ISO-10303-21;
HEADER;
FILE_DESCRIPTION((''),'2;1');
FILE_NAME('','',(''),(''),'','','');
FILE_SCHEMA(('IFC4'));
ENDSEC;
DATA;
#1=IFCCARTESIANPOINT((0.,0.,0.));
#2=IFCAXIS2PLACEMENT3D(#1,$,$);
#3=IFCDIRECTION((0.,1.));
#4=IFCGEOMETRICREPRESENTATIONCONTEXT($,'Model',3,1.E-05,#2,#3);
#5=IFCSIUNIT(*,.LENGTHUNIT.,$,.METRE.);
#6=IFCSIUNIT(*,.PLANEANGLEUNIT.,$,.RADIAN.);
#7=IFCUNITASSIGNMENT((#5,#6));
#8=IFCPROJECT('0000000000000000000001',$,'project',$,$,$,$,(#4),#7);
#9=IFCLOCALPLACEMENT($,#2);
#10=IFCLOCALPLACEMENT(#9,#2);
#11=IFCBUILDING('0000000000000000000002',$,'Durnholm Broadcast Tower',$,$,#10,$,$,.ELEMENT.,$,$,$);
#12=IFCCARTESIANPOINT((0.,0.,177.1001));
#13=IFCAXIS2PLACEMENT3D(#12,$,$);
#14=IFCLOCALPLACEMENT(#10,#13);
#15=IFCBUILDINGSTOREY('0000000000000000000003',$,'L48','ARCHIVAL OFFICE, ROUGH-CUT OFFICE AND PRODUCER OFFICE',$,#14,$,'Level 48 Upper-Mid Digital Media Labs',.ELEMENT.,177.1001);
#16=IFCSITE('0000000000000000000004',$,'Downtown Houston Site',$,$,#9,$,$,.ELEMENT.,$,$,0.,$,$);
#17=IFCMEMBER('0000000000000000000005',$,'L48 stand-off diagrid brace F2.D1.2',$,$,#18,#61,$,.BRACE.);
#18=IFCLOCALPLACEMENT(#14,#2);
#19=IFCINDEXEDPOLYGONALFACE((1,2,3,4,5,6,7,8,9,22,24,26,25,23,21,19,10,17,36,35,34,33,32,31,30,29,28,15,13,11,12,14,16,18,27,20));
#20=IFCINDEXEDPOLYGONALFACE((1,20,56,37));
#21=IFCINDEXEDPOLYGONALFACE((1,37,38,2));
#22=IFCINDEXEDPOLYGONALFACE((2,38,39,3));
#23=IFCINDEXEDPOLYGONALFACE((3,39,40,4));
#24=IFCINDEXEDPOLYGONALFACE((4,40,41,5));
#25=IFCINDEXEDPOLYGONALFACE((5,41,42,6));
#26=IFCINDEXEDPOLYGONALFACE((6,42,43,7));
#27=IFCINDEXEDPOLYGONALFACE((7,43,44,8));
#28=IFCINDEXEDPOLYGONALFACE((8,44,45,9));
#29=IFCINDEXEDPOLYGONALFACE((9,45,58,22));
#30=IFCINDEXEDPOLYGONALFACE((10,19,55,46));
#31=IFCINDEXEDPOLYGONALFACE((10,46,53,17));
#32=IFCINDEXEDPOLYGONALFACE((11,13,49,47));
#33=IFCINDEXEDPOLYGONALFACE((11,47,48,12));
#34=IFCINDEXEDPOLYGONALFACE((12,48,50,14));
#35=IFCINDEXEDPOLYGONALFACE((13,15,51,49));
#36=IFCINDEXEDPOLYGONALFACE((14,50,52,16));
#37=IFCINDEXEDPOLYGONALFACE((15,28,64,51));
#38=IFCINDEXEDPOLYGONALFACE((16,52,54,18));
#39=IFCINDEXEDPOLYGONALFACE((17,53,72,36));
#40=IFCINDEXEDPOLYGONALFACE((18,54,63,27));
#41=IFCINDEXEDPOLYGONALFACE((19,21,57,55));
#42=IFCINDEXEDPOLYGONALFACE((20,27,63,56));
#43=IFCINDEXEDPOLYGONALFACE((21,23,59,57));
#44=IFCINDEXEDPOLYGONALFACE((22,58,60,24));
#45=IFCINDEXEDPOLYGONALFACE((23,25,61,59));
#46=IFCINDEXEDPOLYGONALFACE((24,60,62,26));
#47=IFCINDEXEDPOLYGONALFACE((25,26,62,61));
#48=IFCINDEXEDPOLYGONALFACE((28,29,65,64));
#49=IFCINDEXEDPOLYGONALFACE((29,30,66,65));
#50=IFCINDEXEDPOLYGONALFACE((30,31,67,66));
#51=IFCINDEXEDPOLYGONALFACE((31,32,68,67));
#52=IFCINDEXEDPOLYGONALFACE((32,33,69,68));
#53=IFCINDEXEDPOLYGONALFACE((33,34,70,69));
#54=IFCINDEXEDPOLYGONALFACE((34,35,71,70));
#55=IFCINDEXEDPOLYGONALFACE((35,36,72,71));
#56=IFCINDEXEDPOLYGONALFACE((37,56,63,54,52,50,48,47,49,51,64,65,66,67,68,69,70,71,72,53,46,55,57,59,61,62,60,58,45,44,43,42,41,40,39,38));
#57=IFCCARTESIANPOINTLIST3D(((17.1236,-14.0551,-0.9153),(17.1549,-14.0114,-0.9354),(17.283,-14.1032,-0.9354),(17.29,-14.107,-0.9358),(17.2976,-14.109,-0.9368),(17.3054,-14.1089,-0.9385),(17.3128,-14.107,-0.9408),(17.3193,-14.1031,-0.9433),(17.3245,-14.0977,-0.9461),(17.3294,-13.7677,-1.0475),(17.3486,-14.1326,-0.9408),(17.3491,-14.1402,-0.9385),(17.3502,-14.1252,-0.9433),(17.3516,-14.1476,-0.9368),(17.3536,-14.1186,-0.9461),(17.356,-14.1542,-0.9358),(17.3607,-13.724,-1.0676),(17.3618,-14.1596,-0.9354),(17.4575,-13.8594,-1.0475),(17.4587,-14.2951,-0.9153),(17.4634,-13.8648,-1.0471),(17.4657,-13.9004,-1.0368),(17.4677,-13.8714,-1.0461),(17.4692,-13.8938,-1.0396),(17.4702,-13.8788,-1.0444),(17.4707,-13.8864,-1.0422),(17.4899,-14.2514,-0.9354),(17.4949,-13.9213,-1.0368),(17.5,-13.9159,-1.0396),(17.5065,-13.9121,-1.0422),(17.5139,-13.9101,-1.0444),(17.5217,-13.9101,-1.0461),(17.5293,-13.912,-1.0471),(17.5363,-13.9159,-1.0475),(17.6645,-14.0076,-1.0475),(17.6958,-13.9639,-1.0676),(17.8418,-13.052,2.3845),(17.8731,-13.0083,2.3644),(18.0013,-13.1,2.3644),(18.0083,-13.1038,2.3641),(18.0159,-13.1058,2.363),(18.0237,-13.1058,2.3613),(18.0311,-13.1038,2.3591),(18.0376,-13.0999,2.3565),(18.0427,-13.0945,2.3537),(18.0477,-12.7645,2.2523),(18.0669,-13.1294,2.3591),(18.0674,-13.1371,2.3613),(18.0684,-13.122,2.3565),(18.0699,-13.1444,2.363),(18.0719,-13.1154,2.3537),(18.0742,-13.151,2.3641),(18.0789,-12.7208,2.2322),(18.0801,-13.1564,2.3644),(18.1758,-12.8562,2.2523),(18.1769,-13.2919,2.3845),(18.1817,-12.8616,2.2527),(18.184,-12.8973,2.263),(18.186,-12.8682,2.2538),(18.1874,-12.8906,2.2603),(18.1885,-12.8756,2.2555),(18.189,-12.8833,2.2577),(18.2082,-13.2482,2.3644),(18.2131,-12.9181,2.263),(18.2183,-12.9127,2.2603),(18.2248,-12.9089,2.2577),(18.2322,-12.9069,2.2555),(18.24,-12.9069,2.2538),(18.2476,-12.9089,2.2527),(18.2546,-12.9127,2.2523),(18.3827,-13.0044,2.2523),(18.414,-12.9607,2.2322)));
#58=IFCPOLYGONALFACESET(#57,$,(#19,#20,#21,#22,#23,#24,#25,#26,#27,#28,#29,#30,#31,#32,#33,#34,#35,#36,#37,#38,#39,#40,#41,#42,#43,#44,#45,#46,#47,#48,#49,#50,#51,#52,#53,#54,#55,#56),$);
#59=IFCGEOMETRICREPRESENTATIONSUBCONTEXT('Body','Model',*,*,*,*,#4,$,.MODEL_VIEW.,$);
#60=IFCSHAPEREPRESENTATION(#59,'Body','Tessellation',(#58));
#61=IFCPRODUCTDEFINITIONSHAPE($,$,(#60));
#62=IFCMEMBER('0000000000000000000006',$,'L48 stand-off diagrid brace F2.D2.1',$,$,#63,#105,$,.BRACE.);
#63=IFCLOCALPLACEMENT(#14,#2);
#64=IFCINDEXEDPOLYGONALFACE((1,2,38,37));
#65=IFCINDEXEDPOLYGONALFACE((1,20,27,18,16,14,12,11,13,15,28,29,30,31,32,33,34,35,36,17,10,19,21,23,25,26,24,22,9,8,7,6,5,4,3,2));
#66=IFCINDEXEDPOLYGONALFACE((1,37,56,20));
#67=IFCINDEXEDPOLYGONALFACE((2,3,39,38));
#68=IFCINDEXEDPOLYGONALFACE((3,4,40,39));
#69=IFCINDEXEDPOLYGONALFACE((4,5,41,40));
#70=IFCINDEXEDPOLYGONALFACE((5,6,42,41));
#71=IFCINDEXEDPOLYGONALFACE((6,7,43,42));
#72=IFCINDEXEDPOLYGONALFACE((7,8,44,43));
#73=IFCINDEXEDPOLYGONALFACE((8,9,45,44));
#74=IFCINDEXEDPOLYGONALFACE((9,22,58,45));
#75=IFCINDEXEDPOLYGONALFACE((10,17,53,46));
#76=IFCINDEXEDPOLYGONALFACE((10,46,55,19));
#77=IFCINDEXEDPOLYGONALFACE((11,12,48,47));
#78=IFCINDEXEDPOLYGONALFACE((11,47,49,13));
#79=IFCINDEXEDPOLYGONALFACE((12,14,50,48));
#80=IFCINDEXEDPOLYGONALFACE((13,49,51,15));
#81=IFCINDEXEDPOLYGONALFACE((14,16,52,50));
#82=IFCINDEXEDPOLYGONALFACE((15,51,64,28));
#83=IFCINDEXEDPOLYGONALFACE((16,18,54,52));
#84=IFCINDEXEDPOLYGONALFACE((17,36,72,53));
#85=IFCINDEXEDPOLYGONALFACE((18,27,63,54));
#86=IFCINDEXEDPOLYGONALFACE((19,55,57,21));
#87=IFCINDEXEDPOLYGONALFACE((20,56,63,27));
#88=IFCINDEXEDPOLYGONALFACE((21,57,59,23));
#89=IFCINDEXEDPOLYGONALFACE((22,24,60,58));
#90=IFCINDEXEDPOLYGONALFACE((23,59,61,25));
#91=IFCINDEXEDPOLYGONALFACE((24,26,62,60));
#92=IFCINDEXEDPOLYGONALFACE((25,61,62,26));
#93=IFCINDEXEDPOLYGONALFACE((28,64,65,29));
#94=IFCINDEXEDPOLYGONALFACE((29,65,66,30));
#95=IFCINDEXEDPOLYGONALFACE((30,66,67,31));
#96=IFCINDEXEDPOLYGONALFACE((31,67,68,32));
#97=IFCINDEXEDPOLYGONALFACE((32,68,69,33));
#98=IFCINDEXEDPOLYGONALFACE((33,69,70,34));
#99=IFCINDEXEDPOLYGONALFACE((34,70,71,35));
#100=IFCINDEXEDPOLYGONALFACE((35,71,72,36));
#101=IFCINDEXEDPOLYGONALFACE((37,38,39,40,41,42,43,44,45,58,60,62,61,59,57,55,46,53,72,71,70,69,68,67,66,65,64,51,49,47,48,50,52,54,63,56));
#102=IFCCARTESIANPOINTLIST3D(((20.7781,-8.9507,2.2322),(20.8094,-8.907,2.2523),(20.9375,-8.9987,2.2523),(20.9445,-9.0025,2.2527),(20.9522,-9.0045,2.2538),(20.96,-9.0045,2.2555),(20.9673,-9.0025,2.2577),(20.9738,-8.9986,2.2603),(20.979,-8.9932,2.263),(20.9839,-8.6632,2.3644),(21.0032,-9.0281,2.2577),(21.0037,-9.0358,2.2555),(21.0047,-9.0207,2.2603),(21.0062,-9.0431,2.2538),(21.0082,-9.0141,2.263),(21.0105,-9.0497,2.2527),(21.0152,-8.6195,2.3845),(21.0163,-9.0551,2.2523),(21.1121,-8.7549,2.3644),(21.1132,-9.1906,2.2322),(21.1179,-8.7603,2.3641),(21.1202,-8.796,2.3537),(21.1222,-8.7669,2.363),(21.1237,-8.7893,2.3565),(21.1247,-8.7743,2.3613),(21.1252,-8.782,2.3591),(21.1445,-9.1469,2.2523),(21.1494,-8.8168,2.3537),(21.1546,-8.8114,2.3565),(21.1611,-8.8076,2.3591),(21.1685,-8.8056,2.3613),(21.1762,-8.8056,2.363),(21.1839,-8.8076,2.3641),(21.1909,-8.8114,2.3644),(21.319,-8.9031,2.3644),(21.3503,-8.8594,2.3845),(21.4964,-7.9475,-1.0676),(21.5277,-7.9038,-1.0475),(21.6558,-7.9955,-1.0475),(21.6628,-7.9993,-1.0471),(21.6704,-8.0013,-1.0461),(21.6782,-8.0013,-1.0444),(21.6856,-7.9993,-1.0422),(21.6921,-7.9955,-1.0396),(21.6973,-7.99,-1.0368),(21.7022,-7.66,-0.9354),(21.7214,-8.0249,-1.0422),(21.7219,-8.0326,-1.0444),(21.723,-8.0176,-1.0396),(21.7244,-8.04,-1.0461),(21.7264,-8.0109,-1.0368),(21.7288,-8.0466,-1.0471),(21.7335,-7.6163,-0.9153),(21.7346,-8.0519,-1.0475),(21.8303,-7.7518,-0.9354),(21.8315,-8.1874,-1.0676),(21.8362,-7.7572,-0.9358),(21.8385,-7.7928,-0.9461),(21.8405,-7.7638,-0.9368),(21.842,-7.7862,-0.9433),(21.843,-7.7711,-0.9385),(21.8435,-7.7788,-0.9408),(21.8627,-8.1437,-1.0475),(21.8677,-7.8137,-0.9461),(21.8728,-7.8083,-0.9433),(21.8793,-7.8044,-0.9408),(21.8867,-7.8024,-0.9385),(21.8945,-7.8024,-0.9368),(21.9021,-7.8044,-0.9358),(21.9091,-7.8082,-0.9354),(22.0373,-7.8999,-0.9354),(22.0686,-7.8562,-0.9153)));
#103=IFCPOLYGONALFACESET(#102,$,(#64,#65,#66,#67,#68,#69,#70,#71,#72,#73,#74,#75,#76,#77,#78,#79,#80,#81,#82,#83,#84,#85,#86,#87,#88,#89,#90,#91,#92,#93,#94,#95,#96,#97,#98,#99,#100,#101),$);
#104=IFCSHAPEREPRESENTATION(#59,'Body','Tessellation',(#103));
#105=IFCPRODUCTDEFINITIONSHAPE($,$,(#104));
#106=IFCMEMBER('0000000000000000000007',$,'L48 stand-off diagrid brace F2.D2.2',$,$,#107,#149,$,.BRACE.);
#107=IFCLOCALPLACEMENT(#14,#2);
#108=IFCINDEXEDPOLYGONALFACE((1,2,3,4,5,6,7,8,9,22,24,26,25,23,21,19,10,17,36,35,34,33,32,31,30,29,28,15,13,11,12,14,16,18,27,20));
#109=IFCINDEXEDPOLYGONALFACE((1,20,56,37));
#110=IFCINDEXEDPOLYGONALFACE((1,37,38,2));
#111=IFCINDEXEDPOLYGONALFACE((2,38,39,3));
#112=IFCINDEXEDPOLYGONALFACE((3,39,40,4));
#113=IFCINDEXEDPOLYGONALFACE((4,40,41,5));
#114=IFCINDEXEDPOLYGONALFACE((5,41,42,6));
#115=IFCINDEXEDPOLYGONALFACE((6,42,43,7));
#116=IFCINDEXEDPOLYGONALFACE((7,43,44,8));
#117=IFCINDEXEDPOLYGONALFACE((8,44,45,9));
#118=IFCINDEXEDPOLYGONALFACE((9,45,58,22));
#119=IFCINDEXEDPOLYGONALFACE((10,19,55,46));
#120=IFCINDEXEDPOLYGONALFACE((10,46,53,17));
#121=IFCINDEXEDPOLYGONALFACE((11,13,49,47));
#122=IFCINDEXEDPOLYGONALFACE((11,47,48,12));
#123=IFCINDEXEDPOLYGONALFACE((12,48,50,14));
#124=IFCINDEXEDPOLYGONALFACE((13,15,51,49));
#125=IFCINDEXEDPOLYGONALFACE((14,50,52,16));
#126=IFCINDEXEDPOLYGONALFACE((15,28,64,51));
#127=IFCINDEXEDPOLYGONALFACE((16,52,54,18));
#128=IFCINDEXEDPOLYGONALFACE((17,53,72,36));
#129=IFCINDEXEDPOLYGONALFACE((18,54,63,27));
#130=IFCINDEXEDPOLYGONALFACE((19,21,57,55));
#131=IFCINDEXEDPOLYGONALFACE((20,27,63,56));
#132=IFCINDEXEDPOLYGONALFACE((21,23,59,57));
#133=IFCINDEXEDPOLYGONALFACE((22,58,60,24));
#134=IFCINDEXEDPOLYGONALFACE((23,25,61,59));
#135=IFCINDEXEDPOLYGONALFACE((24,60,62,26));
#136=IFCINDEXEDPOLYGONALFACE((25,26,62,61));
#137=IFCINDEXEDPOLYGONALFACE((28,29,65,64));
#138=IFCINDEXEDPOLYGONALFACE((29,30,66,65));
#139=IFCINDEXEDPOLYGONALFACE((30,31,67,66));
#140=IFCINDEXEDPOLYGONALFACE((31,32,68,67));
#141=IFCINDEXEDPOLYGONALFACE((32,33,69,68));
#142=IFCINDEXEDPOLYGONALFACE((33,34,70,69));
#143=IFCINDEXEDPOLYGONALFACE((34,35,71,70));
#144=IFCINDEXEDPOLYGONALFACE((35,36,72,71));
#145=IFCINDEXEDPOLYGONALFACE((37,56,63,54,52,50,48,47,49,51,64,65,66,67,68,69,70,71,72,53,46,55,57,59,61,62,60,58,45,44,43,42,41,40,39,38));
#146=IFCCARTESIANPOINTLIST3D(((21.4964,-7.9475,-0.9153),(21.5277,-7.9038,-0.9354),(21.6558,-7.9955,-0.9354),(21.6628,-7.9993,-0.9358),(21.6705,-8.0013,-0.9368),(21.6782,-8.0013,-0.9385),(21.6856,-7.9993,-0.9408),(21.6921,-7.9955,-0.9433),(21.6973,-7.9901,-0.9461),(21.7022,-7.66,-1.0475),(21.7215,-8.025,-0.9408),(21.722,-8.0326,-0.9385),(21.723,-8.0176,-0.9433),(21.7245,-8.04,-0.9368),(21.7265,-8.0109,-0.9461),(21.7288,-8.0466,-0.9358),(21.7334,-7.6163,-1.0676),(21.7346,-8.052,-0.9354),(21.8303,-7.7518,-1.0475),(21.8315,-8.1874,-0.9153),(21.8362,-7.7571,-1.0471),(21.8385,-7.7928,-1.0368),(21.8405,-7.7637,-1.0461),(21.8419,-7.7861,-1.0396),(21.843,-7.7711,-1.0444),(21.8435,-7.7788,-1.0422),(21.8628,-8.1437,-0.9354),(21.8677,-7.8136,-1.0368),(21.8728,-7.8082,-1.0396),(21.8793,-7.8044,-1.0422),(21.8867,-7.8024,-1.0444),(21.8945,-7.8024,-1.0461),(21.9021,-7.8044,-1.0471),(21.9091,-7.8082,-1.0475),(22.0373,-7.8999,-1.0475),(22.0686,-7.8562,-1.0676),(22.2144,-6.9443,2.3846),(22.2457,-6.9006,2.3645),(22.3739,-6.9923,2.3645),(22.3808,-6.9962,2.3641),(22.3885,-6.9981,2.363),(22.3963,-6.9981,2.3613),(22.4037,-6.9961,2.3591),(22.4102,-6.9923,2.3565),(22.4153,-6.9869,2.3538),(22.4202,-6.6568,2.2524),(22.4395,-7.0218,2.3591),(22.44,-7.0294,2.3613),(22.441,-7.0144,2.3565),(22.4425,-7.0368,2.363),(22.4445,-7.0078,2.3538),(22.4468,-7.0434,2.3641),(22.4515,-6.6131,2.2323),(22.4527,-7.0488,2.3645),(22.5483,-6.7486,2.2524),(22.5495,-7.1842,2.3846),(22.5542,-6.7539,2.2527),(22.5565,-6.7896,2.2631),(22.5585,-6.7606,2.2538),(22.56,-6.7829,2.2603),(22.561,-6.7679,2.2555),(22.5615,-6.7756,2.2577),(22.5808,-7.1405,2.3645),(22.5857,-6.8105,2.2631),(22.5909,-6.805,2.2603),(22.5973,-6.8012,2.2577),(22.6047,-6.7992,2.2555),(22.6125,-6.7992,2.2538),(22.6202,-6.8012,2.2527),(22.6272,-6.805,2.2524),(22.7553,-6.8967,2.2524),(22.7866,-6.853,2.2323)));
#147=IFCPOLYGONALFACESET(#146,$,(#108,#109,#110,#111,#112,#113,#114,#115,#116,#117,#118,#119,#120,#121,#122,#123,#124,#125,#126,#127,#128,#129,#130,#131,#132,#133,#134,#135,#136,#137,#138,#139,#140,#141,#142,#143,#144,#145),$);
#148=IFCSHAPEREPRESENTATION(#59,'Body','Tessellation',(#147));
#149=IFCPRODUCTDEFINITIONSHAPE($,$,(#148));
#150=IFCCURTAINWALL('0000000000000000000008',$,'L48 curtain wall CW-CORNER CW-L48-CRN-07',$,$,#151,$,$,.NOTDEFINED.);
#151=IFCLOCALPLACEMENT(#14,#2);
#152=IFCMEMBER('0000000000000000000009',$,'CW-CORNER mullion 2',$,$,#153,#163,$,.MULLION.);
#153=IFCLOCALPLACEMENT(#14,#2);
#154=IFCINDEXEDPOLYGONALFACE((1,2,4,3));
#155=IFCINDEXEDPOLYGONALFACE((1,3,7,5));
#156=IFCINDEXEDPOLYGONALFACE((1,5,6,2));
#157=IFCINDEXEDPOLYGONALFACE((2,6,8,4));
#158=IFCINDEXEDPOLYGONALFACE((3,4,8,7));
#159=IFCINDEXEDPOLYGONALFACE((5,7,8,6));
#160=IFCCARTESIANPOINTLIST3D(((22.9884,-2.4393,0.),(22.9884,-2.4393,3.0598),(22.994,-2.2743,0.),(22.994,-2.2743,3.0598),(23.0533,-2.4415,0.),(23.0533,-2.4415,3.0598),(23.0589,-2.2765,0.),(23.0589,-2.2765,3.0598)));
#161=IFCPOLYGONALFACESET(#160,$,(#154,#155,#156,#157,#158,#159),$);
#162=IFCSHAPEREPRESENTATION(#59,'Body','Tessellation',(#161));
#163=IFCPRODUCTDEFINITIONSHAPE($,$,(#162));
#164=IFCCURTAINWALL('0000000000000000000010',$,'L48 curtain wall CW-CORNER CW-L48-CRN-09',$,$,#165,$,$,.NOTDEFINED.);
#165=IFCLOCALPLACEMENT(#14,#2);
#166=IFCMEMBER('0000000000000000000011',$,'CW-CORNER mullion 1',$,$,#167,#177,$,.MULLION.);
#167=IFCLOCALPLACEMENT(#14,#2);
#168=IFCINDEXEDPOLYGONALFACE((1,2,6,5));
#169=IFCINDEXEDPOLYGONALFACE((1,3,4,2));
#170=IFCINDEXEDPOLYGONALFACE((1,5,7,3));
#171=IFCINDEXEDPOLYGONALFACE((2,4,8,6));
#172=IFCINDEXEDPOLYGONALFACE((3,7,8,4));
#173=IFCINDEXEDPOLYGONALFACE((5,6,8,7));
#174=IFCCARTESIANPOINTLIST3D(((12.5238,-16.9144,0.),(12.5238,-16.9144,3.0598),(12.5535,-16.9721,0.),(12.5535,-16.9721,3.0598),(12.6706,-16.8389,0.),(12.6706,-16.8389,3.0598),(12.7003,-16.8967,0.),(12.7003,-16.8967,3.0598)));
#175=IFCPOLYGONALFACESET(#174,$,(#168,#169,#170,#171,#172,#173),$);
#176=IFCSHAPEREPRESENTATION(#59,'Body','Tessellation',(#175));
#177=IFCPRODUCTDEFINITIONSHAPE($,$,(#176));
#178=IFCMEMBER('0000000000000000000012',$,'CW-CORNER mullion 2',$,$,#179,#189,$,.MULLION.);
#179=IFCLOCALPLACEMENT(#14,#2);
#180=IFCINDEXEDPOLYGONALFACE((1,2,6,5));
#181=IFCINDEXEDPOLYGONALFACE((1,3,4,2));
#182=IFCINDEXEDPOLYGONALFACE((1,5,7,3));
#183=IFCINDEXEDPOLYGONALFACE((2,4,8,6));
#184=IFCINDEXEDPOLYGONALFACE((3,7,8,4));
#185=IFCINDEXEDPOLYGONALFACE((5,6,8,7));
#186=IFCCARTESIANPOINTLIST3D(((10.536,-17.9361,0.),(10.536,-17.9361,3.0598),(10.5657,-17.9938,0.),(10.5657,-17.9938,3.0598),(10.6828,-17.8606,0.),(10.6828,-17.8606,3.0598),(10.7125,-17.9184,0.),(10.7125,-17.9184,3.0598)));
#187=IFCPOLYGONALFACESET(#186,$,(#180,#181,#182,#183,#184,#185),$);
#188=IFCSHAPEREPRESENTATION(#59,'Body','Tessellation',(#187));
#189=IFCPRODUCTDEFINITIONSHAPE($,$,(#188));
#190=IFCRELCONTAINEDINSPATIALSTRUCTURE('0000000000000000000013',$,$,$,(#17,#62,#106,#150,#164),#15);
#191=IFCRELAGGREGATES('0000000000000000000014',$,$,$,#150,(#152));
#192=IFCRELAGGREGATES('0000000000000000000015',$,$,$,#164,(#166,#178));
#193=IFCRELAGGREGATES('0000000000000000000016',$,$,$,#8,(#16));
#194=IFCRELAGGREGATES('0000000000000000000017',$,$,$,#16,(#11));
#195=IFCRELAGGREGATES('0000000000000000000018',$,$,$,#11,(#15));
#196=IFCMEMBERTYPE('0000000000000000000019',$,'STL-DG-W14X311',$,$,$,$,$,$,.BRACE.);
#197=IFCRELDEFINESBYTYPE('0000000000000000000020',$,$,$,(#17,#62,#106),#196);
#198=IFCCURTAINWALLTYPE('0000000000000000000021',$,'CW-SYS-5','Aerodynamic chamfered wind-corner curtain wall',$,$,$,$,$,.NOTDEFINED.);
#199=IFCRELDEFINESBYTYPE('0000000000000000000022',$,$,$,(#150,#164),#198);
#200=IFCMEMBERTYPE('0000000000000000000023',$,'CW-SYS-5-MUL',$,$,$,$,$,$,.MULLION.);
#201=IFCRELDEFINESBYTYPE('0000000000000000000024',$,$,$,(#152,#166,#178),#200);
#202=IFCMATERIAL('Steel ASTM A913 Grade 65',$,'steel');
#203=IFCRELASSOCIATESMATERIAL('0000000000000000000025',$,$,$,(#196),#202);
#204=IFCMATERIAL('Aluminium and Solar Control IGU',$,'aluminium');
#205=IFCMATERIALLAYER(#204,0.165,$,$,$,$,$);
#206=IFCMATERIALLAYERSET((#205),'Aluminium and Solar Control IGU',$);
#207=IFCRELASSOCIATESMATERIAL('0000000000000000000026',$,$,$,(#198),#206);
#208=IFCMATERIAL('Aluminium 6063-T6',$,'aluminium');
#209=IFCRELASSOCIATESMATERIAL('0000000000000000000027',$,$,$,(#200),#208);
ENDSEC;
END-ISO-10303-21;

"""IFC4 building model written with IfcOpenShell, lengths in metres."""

from ifc_helpers import new_model, si_unit, direction, frame, origin, origin_2d, place, context, subcontext, project, spatial, rectangle, i_section, extrude, source, transform, mapped, material, layer, layer_set, material_profile, profile_set, type_object, type_shapes, element, aggregate, save


model = new_model("IFC4")

# Units and contexts
model_context = context("Model", 3, precision=1e-05, world=origin(), true_north=direction((0.0, 1.0)))
body_context = subcontext(model_context, "Body", "Model", "MODEL_VIEW")
ifc_project = project(units=[si_unit("LENGTHUNIT", "METRE"), si_unit("PLANEANGLEUNIT", "RADIAN")], contexts=[model_context])

# Site, building, storey
site_placement = place(None, origin())
site = spatial("IfcSite", under=ifc_project, at=site_placement, Name="Downtown Houston Site", CompositionType="ELEMENT", RefElevation=0.0)
building_placement = place(site_placement, origin())
building = spatial("IfcBuilding", under=site, at=building_placement, Name="Durnholm Broadcast Tower", CompositionType="ELEMENT")
storey_placement = place(building_placement, frame((0.0, 0.0, 177.1001)))
storey = spatial("IfcBuildingStorey", under=building, at=storey_placement, Name="L48", Description="ARCHIVAL OFFICE, ROUGH-CUT OFFICE AND PRODUCER OFFICE", LongName="Level 48 Upper-Mid Digital Media Labs", CompositionType="ELEMENT", Elevation=177.1001)

# Members
ifc_material_1 = material(Name="Steel ASTM A913 Grade 65", Category="steel")
ifc_material_profile_1 = material_profile(ifc_material_1, i_section(OverallWidth=0.4121, OverallDepth=0.4348, WebThickness=0.0359, FlangeThickness=0.0574, FilletRadius=0.0305, at=origin_2d()), Name="W14X311")
ifc_profile_set_1 = profile_set([ifc_material_profile_1], Name="Steel ASTM A913 Grade 65")
member_type_1 = type_object("IfcMemberType", Name="STL-DG-W14X311", PredefinedType="BRACE", material=ifc_profile_set_1)
shared_shape_1 = source(origin(), body_context, "Body", "SweptSolid", [
    extrude(i_section(OverallWidth=0.4121, OverallDepth=0.4348, WebThickness=0.0359, FlangeThickness=0.0574, FilletRadius=0.0305, at=origin_2d()), origin(), (0.0, 0.0, 1.0), 3.5229),
])
type_shapes(member_type_1, [shared_shape_1])
for number, where, z_axis, x_axis, name in (
    (1, (17.4097, -14.0095, -0.9915), (0.203882, 0.284756, 0.936667), (-0.813078, 0.582155, 0.0), "L48 stand-off diagrid brace F2.D1.2"),
    (2, (21.7825, -7.9019, -0.9915), (-0.203882, -0.284756, 0.936667), (0.813078, -0.582155, 0.0), "L48 stand-off diagrid brace F2.D2.1"),
    (3, (21.7825, -7.9019, -0.9915), (0.203816, 0.28476, 0.936681), (-0.813171, 0.582024, 0.0), "L48 stand-off diagrid brace F2.D2.2"),
):
    element("IfcMember", number, at=place(storey_placement, frame(where, z_axis=z_axis, x_axis=x_axis)), inside=storey, type_object=member_type_1, Name=name, PredefinedType="BRACE", context=body_context, shape_type="MappedRepresentation", body=[
        mapped(shared_shape_1, transform((0.0, 0.0, 0.0), x_axis=(1.0, 0.0, 0.0), y_axis=(0.0, 1.0, 0.0), z_axis=(0.0, 0.0, 1.0), scale=1.0)),
    ])

# Curtain wall, member
ifc_material_2 = material(Name="Aluminium and Solar Control IGU", Category="aluminium")
ifc_layer_1 = layer(ifc_material_2, 0.165)
ifc_layer_set_1 = layer_set([ifc_layer_1], Name="Aluminium and Solar Control IGU")
curtain_wall_type_1 = type_object("IfcCurtainWallType", Name="CW-SYS-5", Description="Aerodynamic chamfered wind-corner curtain wall", PredefinedType="NOTDEFINED", material=ifc_layer_set_1)
curtain_wall_1_placement = place(storey_placement, origin())
curtain_wall_1 = element("IfcCurtainWall", 4, at=curtain_wall_1_placement, inside=storey, type_object=curtain_wall_type_1, Name="L48 curtain wall CW-CORNER CW-L48-CRN-07", PredefinedType="NOTDEFINED")
ifc_material_3 = material(Name="Aluminium 6063-T6", Category="aluminium")
ifc_material_profile_2 = material_profile(ifc_material_3, rectangle(XDim=0.0649, YDim=0.165, at=origin_2d()), Name="CWM65X165")
ifc_profile_set_2 = profile_set([ifc_material_profile_2], Name="Aluminium 6063-T6")
member_type_2 = type_object("IfcMemberType", Name="CW-SYS-5-MUL", PredefinedType="MULLION", material=ifc_profile_set_2)
shared_shape_2 = source(origin(), body_context, "Body", "SweptSolid", [
    extrude(rectangle(XDim=0.0649, YDim=0.165, at=origin_2d()), origin(), (0.0, 0.0, 1.0), 3.0598),
])
type_shapes(member_type_2, [shared_shape_2])
member_1_placement = place(storey_placement, frame((23.0237, -2.3579, 0.0), z_axis=(0.0, 0.0, 1.0), x_axis=(0.999425, -0.033913, 0.0)))
member_1 = element("IfcMember", 5, at=member_1_placement, type_object=member_type_2, Name="CW-CORNER mullion 2", PredefinedType="MULLION", context=body_context, shape_type="MappedRepresentation", body=[
    mapped(shared_shape_2, transform((0.0, 0.0, 0.0), x_axis=(1.0, 0.0, 0.0), y_axis=(0.0, 1.0, 0.0), z_axis=(0.0, 0.0, 1.0), scale=1.0)),
])
aggregate(curtain_wall_1, [member_1])

# Curtain wall, members
curtain_wall_2_placement = place(storey_placement, origin())
curtain_wall_2 = element("IfcCurtainWall", 6, at=curtain_wall_2_placement, inside=storey, type_object=curtain_wall_type_1, Name="L48 curtain wall CW-CORNER CW-L48-CRN-09", PredefinedType="NOTDEFINED")
member_2_placement = place(storey_placement, frame((12.6121, -16.9055, 0.0), z_axis=(0.0, 0.0, 1.0), x_axis=(0.457082, -0.889425, 0.0)))
member_2 = element("IfcMember", 7, at=member_2_placement, type_object=member_type_2, Name="CW-CORNER mullion 1", PredefinedType="MULLION", context=body_context, shape_type="MappedRepresentation", body=[
    mapped(shared_shape_2, transform((0.0, 0.0, 0.0), x_axis=(1.0, 0.0, 0.0), y_axis=(0.0, 1.0, 0.0), z_axis=(0.0, 0.0, 1.0), scale=1.0)),
])
member_3_placement = place(storey_placement, frame((10.6243, -17.9272, 0.0), z_axis=(0.0, 0.0, 1.0), x_axis=(0.457082, -0.889425, 0.0)))
member_3 = element("IfcMember", 8, at=member_3_placement, type_object=member_type_2, Name="CW-CORNER mullion 2", PredefinedType="MULLION", context=body_context, shape_type="MappedRepresentation", body=[
    mapped(shared_shape_2, transform((0.0, 0.0, 0.0), x_axis=(1.0, 0.0, 0.0), y_axis=(0.0, 1.0, 0.0), z_axis=(0.0, 0.0, 1.0), scale=1.0)),
])

aggregate(curtain_wall_2, [member_2, member_3])

save(model, "model.ifc")
